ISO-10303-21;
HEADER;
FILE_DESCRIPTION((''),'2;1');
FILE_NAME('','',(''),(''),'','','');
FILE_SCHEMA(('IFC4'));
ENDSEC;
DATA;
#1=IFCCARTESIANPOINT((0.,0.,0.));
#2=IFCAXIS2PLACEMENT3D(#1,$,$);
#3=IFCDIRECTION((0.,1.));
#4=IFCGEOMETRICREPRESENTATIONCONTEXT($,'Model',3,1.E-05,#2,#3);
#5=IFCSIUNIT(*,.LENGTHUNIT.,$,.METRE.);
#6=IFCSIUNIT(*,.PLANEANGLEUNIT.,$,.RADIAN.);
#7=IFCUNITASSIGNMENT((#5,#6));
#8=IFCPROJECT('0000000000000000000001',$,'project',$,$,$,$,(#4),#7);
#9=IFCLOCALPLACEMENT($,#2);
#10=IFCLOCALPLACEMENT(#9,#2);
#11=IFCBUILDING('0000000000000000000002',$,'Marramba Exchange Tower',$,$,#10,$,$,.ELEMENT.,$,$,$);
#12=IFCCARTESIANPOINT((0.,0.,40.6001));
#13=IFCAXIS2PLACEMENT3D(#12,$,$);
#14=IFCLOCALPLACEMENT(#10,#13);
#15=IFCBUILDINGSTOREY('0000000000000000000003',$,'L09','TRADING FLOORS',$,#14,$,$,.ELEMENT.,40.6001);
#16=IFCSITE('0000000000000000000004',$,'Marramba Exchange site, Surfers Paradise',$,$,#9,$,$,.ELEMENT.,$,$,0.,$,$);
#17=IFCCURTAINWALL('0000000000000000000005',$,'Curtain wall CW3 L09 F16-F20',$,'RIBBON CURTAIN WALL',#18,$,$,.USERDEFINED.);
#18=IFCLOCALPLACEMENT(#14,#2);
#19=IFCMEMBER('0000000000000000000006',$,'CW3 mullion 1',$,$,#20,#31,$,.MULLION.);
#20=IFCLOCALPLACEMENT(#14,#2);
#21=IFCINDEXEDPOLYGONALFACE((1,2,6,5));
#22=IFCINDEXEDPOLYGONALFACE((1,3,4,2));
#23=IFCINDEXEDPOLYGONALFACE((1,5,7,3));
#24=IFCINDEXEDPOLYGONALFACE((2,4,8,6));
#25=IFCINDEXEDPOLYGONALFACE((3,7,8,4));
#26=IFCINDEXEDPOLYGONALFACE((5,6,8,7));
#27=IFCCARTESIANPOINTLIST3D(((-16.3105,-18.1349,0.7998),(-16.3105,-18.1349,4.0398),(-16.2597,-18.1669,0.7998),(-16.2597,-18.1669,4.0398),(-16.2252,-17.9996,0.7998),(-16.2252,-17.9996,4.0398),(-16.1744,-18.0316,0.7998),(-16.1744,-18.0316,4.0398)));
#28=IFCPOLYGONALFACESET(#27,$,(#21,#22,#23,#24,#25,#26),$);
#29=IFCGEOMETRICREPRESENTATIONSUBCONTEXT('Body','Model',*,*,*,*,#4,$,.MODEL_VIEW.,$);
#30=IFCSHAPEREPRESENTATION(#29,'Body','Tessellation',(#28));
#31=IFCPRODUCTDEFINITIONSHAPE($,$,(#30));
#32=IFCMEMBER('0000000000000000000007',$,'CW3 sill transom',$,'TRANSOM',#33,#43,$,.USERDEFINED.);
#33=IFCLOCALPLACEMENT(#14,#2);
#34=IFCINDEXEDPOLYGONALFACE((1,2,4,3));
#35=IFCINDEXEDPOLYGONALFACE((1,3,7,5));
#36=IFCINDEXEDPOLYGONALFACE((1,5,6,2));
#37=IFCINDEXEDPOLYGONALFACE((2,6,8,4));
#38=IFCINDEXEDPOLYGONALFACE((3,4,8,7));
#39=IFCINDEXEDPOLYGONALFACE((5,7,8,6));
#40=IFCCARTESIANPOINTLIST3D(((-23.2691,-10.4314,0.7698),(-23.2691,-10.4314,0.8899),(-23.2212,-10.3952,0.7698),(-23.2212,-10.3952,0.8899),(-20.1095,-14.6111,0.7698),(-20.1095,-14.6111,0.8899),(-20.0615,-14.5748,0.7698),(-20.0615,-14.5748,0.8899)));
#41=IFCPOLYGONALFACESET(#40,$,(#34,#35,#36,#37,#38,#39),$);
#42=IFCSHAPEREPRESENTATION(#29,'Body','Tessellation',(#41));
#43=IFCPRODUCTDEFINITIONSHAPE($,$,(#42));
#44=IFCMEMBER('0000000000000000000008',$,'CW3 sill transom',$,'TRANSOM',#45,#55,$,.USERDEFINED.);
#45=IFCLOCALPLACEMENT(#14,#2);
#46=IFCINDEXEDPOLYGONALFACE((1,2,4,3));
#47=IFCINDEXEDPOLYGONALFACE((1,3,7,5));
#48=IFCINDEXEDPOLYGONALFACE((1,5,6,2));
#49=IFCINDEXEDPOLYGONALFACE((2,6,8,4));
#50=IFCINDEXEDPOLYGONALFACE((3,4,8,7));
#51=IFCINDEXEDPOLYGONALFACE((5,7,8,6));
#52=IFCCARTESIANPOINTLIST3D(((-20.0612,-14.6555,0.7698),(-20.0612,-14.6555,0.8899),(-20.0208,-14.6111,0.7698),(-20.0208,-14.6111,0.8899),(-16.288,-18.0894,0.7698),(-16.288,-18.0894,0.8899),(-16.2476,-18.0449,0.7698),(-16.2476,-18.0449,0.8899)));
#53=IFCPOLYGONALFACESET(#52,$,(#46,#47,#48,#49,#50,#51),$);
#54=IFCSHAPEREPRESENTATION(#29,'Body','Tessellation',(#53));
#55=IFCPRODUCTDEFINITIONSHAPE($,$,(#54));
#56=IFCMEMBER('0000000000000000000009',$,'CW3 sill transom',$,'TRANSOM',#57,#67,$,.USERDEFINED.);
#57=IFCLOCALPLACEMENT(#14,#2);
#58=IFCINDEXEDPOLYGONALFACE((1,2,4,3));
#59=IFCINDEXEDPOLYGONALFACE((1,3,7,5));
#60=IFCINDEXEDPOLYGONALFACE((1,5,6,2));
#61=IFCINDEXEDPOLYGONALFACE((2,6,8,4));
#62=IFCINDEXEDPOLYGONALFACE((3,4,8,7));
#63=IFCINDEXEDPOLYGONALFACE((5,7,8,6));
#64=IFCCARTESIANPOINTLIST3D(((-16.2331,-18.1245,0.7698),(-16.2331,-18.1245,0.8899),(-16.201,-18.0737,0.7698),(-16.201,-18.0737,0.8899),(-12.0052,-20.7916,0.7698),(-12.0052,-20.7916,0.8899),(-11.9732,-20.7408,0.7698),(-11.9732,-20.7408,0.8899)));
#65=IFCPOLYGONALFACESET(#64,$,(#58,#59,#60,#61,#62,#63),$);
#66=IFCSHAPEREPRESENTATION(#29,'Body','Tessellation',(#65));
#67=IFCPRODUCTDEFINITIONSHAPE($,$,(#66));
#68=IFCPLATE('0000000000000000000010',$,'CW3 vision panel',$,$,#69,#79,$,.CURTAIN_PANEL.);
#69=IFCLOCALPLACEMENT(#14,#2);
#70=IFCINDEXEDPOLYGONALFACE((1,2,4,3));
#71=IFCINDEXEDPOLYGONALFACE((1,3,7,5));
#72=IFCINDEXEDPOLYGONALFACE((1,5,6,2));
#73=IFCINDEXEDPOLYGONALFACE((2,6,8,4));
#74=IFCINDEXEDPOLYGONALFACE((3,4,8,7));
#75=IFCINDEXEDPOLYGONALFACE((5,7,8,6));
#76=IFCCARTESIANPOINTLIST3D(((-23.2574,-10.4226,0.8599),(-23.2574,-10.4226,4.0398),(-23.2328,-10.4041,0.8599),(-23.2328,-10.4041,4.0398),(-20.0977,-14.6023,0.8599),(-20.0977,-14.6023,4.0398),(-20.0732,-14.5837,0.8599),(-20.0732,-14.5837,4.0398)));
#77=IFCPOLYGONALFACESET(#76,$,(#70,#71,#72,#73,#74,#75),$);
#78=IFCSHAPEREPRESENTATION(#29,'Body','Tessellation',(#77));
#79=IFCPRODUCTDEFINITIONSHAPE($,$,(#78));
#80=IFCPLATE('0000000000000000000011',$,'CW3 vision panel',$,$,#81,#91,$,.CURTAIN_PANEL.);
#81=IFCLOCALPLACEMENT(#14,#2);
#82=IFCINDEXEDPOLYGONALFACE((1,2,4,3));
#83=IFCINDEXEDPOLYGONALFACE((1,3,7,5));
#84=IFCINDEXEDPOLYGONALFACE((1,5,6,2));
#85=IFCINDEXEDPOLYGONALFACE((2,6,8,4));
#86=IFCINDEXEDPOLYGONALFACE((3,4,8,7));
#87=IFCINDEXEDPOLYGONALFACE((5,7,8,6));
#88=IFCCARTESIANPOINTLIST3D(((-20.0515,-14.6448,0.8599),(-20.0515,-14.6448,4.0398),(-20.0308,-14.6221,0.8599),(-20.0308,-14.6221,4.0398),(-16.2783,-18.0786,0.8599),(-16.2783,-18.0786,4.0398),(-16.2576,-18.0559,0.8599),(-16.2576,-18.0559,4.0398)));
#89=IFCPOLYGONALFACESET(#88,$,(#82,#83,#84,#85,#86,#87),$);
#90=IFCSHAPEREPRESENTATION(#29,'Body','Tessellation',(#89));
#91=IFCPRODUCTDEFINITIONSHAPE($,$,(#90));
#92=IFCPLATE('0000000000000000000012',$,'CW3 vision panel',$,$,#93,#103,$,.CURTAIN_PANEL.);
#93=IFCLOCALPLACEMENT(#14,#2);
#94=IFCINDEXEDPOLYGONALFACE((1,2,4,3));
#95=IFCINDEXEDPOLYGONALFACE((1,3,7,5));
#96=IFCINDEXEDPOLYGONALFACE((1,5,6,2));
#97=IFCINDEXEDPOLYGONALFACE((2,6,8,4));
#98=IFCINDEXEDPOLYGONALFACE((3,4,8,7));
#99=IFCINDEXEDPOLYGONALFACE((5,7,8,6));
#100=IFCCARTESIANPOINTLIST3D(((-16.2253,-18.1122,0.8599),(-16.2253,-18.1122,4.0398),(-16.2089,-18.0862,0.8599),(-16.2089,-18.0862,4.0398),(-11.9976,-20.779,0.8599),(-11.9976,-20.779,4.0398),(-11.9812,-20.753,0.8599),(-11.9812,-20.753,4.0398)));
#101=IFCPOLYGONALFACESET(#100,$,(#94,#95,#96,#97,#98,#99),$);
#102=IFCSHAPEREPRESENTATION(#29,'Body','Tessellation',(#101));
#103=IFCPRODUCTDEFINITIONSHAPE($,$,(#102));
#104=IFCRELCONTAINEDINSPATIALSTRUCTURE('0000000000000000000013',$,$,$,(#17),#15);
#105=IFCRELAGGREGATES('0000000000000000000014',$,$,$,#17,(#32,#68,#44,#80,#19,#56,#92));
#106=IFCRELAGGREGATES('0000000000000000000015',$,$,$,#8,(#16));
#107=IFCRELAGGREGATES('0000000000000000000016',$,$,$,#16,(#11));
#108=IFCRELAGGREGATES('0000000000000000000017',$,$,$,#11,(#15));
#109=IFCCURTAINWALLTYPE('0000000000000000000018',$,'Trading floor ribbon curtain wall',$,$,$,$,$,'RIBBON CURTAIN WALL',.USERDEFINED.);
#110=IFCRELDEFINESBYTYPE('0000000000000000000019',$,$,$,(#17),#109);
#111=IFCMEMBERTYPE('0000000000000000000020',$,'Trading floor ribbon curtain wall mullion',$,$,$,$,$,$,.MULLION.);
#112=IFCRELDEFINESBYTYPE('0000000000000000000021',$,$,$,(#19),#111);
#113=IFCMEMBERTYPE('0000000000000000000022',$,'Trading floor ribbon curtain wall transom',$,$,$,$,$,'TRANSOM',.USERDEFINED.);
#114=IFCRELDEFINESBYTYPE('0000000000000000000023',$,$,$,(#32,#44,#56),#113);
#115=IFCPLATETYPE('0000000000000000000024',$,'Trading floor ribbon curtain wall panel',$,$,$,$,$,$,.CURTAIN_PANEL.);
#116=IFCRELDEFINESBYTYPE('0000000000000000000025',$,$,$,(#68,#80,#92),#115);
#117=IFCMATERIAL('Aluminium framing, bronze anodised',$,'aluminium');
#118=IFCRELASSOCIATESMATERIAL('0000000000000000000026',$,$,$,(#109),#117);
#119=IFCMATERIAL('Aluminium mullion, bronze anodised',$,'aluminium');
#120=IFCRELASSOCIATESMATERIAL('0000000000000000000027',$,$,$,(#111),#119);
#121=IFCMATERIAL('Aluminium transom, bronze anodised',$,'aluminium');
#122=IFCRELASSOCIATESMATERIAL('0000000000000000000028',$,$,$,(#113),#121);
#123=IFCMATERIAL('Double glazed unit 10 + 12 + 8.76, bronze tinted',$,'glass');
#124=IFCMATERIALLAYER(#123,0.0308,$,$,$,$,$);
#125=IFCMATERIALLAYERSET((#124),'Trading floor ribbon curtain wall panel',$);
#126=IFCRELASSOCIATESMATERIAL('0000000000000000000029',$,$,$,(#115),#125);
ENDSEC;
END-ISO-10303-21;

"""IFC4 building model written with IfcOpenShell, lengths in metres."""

from ifc_helpers import new_model, si_unit, direction, frame, origin, origin_2d, place, context, subcontext, project, spatial, rectangle, extrude, material, layer, layer_set, material_profile, profile_set, type_object, element, aggregate, save


model = new_model("IFC4")

# Units and contexts
model_context = context("Model", 3, precision=1e-05, world=origin(), true_north=direction((0.0, 1.0)))
body_context = subcontext(model_context, "Body", "Model", "MODEL_VIEW")
ifc_project = project(units=[si_unit("LENGTHUNIT", "METRE"), si_unit("PLANEANGLEUNIT", "RADIAN")], contexts=[model_context])

# Site, building, storey
site_placement = place(None, origin())
site = spatial("IfcSite", under=ifc_project, at=site_placement, Name="Marramba Exchange site, Surfers Paradise", CompositionType="ELEMENT", RefElevation=0.0)
building_placement = place(site_placement, origin())
building = spatial("IfcBuilding", under=site, at=building_placement, Name="Marramba Exchange Tower", CompositionType="ELEMENT")
storey_placement = place(building_placement, frame((0.0, 0.0, 40.6001)))
storey = spatial("IfcBuildingStorey", under=building, at=storey_placement, Name="L09", Description="TRADING FLOORS", CompositionType="ELEMENT", Elevation=40.6001)

# Curtain wall, members, plates
ifc_material_1 = material(Name="Aluminium framing, bronze anodised", Category="aluminium")
curtain_wall_type = type_object("IfcCurtainWallType", Name="Trading floor ribbon curtain wall", ElementType="RIBBON CURTAIN WALL", PredefinedType="USERDEFINED", material=ifc_material_1)
curtain_wall_placement = place(storey_placement, origin())
curtain_wall = element("IfcCurtainWall", 1, at=curtain_wall_placement, inside=storey, type_object=curtain_wall_type, Name="Curtain wall CW3 L09 F16-F20", ObjectType="RIBBON CURTAIN WALL", PredefinedType="USERDEFINED")
ifc_material_2 = material(Name="Aluminium mullion, bronze anodised", Category="aluminium")
ifc_material_profile_1 = material_profile(ifc_material_2, rectangle(XDim=0.1599, YDim=0.0601, at=origin_2d()), Name="CW3 mullion 60x160")
ifc_profile_set_1 = profile_set([ifc_material_profile_1], Name="Aluminium mullion, bronze anodised")
member_type_1 = type_object("IfcMemberType", Name="Trading floor ribbon curtain wall mullion", PredefinedType="MULLION", material=ifc_profile_set_1)
member_1_placement = place(storey_placement, frame((-16.2424, -18.0833, 0.7998), z_axis=(0.0, 0.0, 1.0), x_axis=(0.533515, 0.845791, 0.0)))
member_1 = element("IfcMember", 2, at=member_1_placement, type_object=member_type_1, Name="CW3 mullion 1", PredefinedType="MULLION", context=body_context, shape_type="SweptSolid", body=[
    extrude(rectangle(XDim=0.1599, YDim=0.0601, at=origin_2d()), origin(), (0.0, 0.0, 1.0), 3.24),
])
ifc_material_3 = material(Name="Aluminium transom, bronze anodised", Category="aluminium")
ifc_material_profile_2 = material_profile(ifc_material_3, rectangle(XDim=0.0601, YDim=0.1201, at=origin_2d()), Name="CW3 transom 60x120")
ifc_profile_set_2 = profile_set([ifc_material_profile_2], Name="Aluminium transom, bronze anodised")
member_type_2 = type_object("IfcMemberType", Name="Trading floor ribbon curtain wall transom", ElementType="TRANSOM", PredefinedType="USERDEFINED", material=ifc_profile_set_2)
member_2_placement = place(storey_placement, frame((-23.2451, -10.4133, 0.8298), z_axis=(0.603037, -0.797713, 0.0), x_axis=(0.797713, 0.603037, 0.0)))
member_2 = element("IfcMember", 3, at=member_2_placement, type_object=member_type_2, Name="CW3 sill transom", ObjectType="TRANSOM", PredefinedType="USERDEFINED", context=body_context, shape_type="SweptSolid", body=[
    extrude(rectangle(XDim=0.0601, YDim=0.1201, at=origin_2d()), origin(), (0.0, 0.0, 1.0), 5.2395),
])
member_3_placement = place(storey_placement, frame((-20.041, -14.6333, 0.8298), z_axis=(0.739583, -0.673066, 0.0), x_axis=(0.673066, 0.739583, 0.0)))
member_3 = element("IfcMember", 4, at=member_3_placement, type_object=member_type_2, Name="CW3 sill transom", ObjectType="TRANSOM", PredefinedType="USERDEFINED", context=body_context, shape_type="SweptSolid", body=[
    extrude(rectangle(XDim=0.0601, YDim=0.1201, at=origin_2d()), origin(), (0.0, 0.0, 1.0), 5.1018),
])
member_4_placement = place(storey_placement, frame((-16.217, -18.0991, 0.8298), z_axis=(0.845777, -0.533537, 0.0), x_axis=(0.533537, 0.845777, 0.0)))
member_4 = element("IfcMember", 5, at=member_4_placement, type_object=member_type_2, Name="CW3 sill transom", ObjectType="TRANSOM", PredefinedType="USERDEFINED", context=body_context, shape_type="SweptSolid", body=[
    extrude(rectangle(XDim=0.0601, YDim=0.1201, at=origin_2d()), origin(), (0.0, 0.0, 1.0), 4.9988),
])
ifc_material_4 = material(Name="Double glazed unit 10 + 12 + 8.76, bronze tinted", Category="glass")
ifc_layer_1 = layer(ifc_material_4, 0.0308)
ifc_layer_set_1 = layer_set([ifc_layer_1], Name="Trading floor ribbon curtain wall panel")
plate_type = type_object("IfcPlateType", Name="Trading floor ribbon curtain wall panel", PredefinedType="CURTAIN_PANEL", material=ifc_layer_set_1)
plate_1_placement = place(storey_placement, frame((-21.6653, -12.5032, 0.8599), z_axis=(0.0, 0.0, 1.0), x_axis=(0.60304, -0.797711, 0.0)))
plate_1 = element("IfcPlate", 6, at=plate_1_placement, type_object=plate_type, Name="CW3 vision panel", PredefinedType="CURTAIN_PANEL", context=body_context, shape_type="SweptSolid", body=[
    extrude(rectangle(XDim=5.2395, YDim=0.0308, at=origin_2d()), origin(), (0.0, 0.0, 1.0), 3.1799),
])
plate_2_placement = place(storey_placement, frame((-18.1545, -16.3503, 0.8599), z_axis=(0.0, 0.0, 1.0), x_axis=(0.73959, -0.673058, 0.0)))
plate_2 = element("IfcPlate", 7, at=plate_2_placement, type_object=plate_type, Name="CW3 vision panel", PredefinedType="CURTAIN_PANEL", context=body_context, shape_type="SweptSolid", body=[
    extrude(rectangle(XDim=5.1018, YDim=0.0308, at=origin_2d()), origin(), (0.0, 0.0, 1.0), 3.1799),
])
plate_3_placement = place(storey_placement, frame((-14.1033, -19.4326, 0.8599), z_axis=(0.0, 0.0, 1.0), x_axis=(0.845791, -0.533515, 0.0)))
plate_3 = element("IfcPlate", 8, at=plate_3_placement, type_object=plate_type, Name="CW3 vision panel", PredefinedType="CURTAIN_PANEL", context=body_context, shape_type="SweptSolid", body=[
    extrude(rectangle(XDim=4.9985, YDim=0.0308, at=origin_2d()), origin(), (0.0, 0.0, 1.0), 3.1799),
])
aggregate(curtain_wall, [member_2, plate_1, member_3, plate_2, member_1, member_4, plate_3])

save(model, "model.ifc")
